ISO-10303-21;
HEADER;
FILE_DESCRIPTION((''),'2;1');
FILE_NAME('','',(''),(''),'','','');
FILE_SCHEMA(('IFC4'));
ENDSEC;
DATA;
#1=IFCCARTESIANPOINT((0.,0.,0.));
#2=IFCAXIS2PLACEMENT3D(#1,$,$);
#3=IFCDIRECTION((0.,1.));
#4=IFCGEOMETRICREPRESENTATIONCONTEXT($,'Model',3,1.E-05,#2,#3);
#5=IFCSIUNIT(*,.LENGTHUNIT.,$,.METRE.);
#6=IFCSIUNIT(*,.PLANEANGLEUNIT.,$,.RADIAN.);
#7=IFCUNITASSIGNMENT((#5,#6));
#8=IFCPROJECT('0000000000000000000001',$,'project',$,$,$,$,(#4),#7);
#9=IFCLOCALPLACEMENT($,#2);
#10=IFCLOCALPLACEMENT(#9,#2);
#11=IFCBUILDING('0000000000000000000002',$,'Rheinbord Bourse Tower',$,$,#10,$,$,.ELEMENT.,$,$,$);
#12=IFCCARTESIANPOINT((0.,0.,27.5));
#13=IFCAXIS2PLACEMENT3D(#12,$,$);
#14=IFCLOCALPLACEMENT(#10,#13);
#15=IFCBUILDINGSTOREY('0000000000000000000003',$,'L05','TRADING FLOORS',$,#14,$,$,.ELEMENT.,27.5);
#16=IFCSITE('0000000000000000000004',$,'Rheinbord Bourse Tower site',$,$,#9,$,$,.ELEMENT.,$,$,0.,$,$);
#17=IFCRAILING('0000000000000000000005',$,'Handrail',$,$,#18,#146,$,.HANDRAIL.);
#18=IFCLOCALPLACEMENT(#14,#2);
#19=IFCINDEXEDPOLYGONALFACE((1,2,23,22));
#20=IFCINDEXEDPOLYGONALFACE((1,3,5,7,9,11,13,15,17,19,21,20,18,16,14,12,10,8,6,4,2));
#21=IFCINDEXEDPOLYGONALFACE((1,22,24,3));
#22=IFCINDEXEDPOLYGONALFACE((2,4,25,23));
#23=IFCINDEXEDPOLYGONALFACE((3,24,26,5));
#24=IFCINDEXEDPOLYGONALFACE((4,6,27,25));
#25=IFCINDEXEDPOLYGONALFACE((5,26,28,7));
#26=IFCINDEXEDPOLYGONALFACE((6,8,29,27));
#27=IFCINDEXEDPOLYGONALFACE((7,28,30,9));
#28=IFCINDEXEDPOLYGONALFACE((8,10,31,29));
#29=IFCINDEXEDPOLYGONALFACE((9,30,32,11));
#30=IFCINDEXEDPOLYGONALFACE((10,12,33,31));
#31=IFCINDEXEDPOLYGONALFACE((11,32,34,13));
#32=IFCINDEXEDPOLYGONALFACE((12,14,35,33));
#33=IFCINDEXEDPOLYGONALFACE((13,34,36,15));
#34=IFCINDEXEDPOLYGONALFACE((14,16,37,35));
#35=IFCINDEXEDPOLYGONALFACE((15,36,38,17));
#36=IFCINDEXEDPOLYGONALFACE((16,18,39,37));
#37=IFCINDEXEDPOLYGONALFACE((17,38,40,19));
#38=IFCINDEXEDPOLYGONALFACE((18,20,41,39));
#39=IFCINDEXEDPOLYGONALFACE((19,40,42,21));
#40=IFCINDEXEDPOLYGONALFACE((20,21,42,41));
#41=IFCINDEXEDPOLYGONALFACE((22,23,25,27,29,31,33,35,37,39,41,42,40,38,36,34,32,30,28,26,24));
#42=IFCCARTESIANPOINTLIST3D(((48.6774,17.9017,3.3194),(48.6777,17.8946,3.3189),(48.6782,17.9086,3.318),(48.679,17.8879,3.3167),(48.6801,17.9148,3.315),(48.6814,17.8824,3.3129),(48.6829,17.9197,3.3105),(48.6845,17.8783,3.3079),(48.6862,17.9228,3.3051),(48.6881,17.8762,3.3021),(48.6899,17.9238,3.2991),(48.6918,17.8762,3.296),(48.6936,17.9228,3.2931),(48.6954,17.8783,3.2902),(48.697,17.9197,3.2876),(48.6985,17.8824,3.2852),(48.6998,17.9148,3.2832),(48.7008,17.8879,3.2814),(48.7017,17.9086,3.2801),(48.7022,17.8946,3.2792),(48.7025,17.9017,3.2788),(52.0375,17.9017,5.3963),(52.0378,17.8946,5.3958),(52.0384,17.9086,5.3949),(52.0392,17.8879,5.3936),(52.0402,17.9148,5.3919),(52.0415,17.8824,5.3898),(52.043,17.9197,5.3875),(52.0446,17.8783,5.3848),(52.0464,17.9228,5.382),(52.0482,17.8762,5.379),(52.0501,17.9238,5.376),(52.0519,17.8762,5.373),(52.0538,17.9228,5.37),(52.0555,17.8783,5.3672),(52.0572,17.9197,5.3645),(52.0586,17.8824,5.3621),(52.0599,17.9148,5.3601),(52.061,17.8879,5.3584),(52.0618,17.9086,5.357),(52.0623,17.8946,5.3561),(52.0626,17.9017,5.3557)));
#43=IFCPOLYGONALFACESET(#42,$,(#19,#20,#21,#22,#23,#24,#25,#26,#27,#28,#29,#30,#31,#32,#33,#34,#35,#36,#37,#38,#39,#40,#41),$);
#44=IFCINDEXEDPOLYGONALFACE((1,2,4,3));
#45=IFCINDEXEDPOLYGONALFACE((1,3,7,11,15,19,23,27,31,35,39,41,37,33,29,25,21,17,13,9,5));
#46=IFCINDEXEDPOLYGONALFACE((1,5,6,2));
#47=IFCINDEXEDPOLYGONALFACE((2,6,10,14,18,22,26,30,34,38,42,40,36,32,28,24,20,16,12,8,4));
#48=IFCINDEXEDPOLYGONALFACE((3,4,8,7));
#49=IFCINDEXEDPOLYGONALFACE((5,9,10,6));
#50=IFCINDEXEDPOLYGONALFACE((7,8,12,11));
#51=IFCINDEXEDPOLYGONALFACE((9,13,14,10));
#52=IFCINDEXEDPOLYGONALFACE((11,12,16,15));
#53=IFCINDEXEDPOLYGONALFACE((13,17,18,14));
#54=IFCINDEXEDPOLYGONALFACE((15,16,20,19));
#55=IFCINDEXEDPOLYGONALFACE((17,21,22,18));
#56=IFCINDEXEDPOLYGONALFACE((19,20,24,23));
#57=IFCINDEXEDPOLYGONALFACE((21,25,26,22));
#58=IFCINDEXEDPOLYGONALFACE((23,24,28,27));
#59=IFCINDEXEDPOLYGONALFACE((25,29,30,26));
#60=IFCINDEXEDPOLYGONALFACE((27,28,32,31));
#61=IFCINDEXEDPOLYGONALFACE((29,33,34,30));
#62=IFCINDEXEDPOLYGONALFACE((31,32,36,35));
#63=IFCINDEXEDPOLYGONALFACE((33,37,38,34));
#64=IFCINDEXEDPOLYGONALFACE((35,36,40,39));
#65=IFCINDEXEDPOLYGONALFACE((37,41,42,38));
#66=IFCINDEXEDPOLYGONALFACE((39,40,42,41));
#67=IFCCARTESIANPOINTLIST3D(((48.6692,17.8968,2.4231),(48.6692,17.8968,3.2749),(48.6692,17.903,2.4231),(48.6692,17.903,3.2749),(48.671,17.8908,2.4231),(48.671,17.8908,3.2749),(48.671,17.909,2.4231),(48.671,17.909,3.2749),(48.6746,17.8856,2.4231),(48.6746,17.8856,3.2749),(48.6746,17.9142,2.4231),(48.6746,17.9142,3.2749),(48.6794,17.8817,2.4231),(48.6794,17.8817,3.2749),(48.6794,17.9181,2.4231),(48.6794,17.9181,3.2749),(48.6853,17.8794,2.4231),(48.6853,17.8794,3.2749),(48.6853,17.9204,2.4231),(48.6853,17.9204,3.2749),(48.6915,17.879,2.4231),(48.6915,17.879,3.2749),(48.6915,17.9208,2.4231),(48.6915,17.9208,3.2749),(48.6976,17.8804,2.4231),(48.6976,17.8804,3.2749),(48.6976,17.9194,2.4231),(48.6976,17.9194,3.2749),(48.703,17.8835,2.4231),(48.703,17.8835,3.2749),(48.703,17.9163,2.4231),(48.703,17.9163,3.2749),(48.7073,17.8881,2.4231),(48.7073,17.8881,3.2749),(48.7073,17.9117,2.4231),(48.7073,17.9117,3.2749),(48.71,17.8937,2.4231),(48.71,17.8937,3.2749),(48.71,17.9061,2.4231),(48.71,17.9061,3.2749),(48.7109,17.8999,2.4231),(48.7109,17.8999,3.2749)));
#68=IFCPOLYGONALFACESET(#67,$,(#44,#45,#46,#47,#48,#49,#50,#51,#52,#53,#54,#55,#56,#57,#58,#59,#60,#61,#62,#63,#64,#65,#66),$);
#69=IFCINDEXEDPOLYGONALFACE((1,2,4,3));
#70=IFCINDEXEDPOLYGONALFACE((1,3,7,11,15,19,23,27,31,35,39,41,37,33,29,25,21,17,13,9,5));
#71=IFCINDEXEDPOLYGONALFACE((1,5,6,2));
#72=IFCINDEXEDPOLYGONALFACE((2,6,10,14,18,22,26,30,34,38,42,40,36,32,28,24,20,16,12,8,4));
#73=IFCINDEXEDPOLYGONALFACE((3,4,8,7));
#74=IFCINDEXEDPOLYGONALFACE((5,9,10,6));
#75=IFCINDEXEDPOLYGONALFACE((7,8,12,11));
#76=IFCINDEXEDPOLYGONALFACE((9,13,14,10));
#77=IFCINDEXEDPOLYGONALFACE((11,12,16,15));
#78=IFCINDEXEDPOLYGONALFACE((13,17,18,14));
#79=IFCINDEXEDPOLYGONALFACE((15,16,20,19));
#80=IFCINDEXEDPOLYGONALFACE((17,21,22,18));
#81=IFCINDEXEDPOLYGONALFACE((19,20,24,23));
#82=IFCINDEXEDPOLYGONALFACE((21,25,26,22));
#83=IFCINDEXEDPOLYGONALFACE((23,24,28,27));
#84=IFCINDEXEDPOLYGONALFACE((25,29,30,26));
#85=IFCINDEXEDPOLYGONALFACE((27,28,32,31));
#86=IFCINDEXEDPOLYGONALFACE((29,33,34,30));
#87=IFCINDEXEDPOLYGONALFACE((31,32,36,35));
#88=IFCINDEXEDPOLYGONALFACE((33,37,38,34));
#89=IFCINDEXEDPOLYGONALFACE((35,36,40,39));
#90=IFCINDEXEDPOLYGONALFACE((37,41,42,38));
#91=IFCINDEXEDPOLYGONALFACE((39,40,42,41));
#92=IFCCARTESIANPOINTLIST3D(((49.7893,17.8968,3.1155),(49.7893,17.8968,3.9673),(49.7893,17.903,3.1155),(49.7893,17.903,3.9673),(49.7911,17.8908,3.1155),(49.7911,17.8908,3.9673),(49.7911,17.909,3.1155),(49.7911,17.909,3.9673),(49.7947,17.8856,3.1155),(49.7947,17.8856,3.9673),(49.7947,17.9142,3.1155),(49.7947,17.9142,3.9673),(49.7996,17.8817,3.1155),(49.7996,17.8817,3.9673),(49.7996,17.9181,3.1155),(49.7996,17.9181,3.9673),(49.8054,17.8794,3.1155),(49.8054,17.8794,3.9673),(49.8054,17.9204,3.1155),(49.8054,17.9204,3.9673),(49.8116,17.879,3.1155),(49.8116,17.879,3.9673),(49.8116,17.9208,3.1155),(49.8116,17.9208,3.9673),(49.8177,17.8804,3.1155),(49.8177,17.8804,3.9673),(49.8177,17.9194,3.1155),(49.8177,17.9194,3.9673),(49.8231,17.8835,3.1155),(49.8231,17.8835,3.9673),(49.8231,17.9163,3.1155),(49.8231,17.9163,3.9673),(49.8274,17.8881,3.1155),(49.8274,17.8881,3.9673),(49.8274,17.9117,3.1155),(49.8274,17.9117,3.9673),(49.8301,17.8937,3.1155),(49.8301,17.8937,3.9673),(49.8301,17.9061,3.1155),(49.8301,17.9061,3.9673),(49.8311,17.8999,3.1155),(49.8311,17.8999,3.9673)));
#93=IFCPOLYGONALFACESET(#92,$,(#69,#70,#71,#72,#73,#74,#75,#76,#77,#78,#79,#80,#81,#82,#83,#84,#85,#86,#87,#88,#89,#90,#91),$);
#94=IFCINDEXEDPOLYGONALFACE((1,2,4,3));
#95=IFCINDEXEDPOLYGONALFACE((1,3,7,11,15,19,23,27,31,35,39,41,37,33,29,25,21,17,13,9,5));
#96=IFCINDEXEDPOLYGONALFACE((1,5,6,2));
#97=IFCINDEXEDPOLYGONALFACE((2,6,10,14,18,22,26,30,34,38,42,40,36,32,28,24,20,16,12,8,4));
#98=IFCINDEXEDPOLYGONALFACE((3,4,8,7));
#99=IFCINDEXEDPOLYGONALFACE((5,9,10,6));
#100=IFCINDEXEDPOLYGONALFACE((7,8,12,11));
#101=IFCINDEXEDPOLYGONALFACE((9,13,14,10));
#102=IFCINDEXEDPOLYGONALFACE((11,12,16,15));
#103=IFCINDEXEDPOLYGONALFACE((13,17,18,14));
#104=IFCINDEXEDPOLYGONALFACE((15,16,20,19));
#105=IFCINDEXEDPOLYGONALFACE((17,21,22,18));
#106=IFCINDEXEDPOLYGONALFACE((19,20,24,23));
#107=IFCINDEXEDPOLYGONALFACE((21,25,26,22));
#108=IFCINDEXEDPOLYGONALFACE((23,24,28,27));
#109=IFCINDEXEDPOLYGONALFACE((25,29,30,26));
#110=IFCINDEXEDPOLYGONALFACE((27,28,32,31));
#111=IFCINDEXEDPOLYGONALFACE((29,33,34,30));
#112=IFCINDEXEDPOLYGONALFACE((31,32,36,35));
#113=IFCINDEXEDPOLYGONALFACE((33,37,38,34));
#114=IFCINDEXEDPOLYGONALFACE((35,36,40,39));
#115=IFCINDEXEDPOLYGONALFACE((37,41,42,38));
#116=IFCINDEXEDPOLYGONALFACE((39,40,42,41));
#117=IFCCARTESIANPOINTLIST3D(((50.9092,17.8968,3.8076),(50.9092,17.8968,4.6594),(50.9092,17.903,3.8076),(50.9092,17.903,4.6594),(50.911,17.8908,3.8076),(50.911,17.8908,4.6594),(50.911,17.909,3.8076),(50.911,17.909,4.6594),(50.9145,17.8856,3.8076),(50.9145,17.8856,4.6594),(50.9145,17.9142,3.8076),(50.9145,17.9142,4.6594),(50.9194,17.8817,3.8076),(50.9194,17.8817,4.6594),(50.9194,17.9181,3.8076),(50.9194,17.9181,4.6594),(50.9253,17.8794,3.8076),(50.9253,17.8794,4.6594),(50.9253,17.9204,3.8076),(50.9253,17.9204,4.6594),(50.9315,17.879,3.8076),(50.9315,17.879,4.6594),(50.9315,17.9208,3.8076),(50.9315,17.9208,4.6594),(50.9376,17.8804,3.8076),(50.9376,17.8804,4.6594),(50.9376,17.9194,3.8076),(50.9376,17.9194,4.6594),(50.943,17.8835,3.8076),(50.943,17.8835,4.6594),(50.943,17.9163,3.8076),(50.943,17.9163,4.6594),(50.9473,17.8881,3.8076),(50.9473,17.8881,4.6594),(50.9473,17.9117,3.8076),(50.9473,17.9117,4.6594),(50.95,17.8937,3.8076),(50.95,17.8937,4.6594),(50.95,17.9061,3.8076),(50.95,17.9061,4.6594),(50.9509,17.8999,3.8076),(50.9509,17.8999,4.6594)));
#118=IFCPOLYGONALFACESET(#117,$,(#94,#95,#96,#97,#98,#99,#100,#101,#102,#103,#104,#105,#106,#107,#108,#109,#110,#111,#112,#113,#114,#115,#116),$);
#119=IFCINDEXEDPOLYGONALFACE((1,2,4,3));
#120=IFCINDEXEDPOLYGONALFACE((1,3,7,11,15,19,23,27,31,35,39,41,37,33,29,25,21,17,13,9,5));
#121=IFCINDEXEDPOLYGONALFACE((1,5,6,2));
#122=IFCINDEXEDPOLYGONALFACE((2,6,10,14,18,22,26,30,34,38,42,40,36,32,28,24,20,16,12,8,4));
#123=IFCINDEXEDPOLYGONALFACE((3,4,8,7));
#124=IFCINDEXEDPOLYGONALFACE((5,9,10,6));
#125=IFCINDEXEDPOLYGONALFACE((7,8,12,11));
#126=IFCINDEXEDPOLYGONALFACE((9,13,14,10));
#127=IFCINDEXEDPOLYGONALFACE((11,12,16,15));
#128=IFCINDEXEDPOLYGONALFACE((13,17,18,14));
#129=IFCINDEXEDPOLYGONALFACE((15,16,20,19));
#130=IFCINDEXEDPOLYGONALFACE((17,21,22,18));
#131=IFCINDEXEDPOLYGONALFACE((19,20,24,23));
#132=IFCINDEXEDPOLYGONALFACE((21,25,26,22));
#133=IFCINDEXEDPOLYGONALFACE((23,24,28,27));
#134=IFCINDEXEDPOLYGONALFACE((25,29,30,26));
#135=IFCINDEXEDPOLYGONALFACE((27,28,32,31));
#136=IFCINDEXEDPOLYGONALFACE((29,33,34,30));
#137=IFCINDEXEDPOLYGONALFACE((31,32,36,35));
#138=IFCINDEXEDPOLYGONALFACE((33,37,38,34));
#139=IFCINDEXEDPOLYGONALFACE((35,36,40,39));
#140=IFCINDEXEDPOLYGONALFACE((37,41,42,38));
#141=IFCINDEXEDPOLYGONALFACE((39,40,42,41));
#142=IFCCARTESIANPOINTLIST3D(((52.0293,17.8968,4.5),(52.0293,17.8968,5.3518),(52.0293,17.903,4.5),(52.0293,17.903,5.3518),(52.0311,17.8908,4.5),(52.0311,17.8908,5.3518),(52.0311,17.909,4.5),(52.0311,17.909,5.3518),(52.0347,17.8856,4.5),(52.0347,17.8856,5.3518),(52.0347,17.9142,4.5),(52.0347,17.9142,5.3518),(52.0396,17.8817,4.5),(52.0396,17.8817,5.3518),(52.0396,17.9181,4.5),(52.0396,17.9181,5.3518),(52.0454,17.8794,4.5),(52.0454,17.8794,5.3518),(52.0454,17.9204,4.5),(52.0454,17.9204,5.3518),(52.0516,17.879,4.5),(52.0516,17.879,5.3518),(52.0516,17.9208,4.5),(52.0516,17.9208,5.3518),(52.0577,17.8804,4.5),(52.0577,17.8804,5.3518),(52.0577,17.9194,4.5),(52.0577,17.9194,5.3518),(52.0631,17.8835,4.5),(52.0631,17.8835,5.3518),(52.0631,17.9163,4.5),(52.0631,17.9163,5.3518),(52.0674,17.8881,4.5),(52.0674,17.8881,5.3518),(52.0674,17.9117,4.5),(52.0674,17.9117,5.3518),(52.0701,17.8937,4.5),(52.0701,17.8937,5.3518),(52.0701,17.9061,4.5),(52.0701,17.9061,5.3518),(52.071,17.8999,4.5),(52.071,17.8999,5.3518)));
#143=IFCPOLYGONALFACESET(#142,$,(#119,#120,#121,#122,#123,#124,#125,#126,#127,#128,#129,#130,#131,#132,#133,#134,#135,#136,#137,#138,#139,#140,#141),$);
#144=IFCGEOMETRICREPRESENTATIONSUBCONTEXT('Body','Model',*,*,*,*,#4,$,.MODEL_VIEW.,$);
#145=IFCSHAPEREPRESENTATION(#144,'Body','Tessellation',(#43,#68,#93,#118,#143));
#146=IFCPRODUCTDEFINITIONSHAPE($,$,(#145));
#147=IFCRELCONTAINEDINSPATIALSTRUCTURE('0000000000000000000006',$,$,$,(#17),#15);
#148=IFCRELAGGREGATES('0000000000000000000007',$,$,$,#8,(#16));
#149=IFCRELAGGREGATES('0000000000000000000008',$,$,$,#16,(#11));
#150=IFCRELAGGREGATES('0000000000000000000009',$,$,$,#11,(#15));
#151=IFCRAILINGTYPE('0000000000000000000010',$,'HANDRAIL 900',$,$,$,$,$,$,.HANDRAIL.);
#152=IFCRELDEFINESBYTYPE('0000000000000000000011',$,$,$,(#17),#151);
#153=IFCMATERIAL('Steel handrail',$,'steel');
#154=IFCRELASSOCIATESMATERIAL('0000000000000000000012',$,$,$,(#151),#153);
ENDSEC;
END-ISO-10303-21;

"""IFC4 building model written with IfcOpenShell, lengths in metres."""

from ifc_helpers import new_model, si_unit, direction, frame, origin, origin_2d, place, context, subcontext, project, spatial, circle, extrude, material, type_object, element, save


model = new_model("IFC4")

# Units and contexts
model_context = context("Model", 3, precision=1e-05, world=origin(), true_north=direction((0.0, 1.0)))
body_context = subcontext(model_context, "Body", "Model", "MODEL_VIEW")
ifc_project = project(units=[si_unit("LENGTHUNIT", "METRE"), si_unit("PLANEANGLEUNIT", "RADIAN")], contexts=[model_context])

# Site, building, storey
site_placement = place(None, origin())
site = spatial("IfcSite", under=ifc_project, at=site_placement, Name="Rheinbord Bourse Tower site", CompositionType="ELEMENT", RefElevation=0.0)
building_placement = place(site_placement, origin())
building = spatial("IfcBuilding", under=site, at=building_placement, Name="Rheinbord Bourse Tower", CompositionType="ELEMENT")
storey_placement = place(building_placement, frame((0.0, 0.0, 27.5)))
storey = spatial("IfcBuildingStorey", under=building, at=storey_placement, Name="L05", Description="TRADING FLOORS", CompositionType="ELEMENT", Elevation=27.5)

# Railing
ifc_material_1 = material(Name="Steel handrail", Category="steel")
railing_type = type_object("IfcRailingType", Name="HANDRAIL 900", PredefinedType="HANDRAIL", material=ifc_material_1)
railing_1_placement = place(storey_placement, frame((48.6899, 17.8999, 2.4231)))
element("IfcRailing", 1, at=railing_1_placement, inside=storey, type_object=railing_type, Name="Handrail", PredefinedType="HANDRAIL", context=body_context, shape_type="SweptSolid", body=[
    extrude(circle(Radius=0.0239, at=origin_2d()), frame((0.0, 0.0, 0.876), z_axis=(0.850623, 0.0, 0.525776), x_axis=(0.0, 1.0, 0.0)), (0.0, 0.0, 1.0), 3.9502),
    extrude(circle(Radius=0.021, at=origin_2d()), origin(), (0.0, 0.0, 1.0), 0.8518),
    extrude(circle(Radius=0.021, at=origin_2d()), frame((1.1201, 0.0, 0.6924)), (0.0, 0.0, 1.0), 0.8518),
    extrude(circle(Radius=0.021, at=origin_2d()), frame((2.24, 0.0, 1.3845)), (0.0, 0.0, 1.0), 0.8518),
    extrude(circle(Radius=0.021, at=origin_2d()), frame((3.3601, 0.0, 2.0769)), (0.0, 0.0, 1.0), 0.8518),
])

save(model, "model.ifc")
